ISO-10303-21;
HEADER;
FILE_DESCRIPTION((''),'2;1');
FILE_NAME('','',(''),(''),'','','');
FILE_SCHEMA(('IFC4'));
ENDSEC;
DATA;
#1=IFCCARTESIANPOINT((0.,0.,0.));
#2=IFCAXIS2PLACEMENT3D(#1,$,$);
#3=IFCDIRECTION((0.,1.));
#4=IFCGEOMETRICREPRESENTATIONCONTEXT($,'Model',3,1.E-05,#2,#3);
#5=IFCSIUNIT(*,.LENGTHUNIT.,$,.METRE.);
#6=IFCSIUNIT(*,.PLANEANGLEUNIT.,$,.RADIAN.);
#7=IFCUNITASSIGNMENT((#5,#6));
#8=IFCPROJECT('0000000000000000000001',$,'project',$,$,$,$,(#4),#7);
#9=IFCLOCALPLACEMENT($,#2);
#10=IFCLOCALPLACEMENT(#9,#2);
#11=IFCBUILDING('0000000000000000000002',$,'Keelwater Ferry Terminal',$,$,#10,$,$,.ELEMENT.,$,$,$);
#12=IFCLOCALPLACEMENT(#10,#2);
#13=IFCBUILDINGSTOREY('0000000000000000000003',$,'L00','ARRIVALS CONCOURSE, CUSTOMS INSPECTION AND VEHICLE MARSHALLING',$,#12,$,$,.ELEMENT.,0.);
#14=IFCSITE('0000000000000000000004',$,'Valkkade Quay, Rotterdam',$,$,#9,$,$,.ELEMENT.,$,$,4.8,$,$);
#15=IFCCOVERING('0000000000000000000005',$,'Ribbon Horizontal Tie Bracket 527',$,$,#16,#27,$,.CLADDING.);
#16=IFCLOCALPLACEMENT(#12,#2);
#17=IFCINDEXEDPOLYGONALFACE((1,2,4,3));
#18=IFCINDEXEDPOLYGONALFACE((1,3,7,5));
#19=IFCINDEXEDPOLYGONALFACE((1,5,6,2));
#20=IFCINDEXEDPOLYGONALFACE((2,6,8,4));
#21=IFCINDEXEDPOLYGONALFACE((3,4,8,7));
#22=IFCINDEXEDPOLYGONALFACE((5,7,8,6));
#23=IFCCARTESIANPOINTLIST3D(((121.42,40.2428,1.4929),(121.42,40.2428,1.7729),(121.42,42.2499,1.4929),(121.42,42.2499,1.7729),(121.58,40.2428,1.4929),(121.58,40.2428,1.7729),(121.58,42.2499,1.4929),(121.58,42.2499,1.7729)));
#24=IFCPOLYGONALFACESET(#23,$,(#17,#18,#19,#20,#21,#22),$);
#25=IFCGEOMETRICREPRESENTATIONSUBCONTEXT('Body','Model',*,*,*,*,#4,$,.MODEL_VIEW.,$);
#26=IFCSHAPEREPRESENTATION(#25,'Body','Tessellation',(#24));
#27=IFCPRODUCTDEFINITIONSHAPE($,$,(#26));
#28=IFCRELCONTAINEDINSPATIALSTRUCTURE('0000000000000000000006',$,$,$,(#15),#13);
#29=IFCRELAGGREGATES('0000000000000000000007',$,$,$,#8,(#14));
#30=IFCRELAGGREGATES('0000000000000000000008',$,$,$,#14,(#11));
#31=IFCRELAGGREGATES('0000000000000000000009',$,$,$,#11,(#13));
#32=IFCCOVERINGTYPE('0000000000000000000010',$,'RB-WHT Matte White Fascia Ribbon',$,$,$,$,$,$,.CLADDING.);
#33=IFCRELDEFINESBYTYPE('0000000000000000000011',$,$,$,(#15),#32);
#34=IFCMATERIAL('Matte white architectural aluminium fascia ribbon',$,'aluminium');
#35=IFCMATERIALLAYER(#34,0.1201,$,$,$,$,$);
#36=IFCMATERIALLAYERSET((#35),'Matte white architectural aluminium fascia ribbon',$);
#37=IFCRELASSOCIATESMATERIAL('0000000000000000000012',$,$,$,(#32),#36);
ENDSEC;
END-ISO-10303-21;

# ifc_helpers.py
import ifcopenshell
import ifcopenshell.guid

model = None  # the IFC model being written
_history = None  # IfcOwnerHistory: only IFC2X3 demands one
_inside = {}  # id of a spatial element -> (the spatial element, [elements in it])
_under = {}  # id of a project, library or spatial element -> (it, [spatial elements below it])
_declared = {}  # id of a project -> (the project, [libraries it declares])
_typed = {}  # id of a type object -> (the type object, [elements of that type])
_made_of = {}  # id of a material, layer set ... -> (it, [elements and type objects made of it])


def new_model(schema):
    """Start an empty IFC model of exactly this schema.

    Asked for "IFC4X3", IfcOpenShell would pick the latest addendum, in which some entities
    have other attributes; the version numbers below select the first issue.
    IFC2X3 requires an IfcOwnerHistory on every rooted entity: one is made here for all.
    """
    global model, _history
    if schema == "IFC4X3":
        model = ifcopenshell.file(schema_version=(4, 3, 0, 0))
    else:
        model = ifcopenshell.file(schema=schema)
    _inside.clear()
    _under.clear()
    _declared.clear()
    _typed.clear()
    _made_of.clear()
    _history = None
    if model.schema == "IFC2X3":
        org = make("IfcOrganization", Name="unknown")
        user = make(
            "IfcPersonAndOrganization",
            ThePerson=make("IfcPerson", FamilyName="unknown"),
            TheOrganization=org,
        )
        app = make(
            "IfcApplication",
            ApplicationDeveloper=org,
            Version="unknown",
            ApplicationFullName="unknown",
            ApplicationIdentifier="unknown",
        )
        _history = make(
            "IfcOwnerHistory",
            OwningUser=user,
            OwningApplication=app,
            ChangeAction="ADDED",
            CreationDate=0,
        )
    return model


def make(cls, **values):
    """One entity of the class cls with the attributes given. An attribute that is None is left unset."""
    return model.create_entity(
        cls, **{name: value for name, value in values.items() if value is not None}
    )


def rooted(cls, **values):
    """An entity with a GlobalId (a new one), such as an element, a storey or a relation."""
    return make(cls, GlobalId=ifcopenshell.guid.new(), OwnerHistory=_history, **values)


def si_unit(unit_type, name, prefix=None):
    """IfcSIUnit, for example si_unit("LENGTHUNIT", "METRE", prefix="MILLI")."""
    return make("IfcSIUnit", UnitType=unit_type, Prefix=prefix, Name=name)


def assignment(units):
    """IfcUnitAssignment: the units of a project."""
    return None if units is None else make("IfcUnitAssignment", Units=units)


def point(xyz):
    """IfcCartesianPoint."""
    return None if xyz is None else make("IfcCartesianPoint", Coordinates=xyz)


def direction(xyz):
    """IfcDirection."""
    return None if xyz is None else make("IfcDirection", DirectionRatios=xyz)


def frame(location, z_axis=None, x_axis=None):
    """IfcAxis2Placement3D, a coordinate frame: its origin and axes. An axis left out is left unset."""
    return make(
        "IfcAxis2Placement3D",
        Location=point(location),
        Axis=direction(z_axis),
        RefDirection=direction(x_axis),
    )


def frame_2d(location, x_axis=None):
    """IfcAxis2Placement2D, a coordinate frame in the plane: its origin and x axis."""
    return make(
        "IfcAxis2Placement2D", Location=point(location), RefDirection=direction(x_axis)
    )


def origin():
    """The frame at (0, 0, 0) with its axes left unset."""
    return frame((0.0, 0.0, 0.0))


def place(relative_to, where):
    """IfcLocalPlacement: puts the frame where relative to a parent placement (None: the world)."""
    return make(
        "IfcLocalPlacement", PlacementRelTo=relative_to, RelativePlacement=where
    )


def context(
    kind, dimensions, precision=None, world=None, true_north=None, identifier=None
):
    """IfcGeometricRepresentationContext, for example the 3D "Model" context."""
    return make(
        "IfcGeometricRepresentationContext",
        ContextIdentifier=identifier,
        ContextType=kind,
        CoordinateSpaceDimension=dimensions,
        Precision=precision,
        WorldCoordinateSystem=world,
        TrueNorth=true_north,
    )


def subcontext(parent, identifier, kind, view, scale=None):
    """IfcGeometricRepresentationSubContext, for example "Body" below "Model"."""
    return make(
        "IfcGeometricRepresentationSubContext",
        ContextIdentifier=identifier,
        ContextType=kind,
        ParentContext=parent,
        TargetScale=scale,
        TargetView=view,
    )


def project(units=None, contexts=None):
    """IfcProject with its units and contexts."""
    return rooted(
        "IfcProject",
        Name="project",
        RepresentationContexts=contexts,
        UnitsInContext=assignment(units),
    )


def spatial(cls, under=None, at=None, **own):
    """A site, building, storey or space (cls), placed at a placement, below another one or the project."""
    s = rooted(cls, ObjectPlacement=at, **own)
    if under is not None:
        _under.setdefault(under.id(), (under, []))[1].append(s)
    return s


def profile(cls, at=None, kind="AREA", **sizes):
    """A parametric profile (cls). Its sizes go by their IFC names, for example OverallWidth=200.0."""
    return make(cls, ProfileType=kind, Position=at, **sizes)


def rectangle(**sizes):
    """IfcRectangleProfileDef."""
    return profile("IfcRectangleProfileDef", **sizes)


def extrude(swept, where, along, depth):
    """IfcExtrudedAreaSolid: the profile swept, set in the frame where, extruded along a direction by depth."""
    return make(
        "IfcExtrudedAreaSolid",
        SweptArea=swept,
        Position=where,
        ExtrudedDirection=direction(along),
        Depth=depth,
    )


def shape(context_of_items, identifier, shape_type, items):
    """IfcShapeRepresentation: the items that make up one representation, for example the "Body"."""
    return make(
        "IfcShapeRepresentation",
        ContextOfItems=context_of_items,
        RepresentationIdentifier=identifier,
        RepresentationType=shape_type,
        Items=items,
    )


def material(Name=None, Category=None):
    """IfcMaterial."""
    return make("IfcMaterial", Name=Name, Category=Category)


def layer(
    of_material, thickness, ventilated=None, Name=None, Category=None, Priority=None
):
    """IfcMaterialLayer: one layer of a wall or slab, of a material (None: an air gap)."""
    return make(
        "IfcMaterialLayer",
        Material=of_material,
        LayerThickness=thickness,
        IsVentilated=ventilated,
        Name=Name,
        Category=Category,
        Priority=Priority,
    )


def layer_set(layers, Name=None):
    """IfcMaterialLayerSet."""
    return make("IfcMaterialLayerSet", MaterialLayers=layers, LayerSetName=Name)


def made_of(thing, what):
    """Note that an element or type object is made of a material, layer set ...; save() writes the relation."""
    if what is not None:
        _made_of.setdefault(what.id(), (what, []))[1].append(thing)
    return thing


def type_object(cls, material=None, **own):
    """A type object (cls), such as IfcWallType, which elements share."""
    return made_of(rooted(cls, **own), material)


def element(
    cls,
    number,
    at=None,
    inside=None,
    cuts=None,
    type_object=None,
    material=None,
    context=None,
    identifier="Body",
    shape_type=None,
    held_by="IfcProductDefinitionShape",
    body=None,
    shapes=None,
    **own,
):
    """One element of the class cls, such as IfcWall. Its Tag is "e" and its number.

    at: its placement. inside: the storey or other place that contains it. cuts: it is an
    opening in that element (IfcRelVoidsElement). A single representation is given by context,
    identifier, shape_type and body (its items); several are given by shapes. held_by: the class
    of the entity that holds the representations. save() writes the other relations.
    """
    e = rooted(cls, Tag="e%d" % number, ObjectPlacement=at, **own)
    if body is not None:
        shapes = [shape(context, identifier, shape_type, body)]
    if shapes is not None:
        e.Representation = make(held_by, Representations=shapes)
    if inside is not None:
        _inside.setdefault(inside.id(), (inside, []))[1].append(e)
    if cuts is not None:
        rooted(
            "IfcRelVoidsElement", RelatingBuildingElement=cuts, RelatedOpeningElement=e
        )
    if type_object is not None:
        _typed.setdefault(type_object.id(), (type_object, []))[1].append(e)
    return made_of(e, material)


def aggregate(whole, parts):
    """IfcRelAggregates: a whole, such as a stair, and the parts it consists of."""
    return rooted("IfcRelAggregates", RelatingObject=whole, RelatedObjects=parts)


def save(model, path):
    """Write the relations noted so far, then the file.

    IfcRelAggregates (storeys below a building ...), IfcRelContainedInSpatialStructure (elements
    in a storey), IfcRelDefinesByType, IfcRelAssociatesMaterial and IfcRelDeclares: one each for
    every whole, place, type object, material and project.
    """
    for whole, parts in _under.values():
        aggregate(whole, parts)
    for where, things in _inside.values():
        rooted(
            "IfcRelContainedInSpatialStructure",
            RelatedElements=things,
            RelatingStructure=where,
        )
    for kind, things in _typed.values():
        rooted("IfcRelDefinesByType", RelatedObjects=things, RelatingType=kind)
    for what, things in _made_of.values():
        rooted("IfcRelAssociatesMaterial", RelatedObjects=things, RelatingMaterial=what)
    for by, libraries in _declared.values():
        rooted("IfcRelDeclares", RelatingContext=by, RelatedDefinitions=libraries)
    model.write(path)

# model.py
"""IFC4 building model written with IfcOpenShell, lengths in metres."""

from ifc_helpers import new_model, si_unit, direction, frame, frame_2d, origin, place, context, subcontext, project, spatial, rectangle, extrude, material, layer, layer_set, type_object, element, save


model = new_model("IFC4")

# Units and contexts
model_context = context("Model", 3, precision=1e-05, world=origin(), true_north=direction((0.0, 1.0)))
body_context = subcontext(model_context, "Body", "Model", "MODEL_VIEW")
ifc_project = project(units=[si_unit("LENGTHUNIT", "METRE"), si_unit("PLANEANGLEUNIT", "RADIAN")], contexts=[model_context])

# Site, building, storey
site_placement = place(None, origin())
site = spatial("IfcSite", under=ifc_project, at=site_placement, Name="Valkkade Quay, Rotterdam", CompositionType="ELEMENT", RefElevation=4.8)
building_placement = place(site_placement, origin())
building = spatial("IfcBuilding", under=site, at=building_placement, Name="Keelwater Ferry Terminal", CompositionType="ELEMENT")
storey_placement = place(building_placement, origin())
storey = spatial("IfcBuildingStorey", under=building, at=storey_placement, Name="L00", Description="ARRIVALS CONCOURSE, CUSTOMS INSPECTION AND VEHICLE MARSHALLING", CompositionType="ELEMENT", Elevation=0.0)

# Covering
ifc_material_1 = material(Name="Matte white architectural aluminium fascia ribbon", Category="aluminium")
ifc_layer_1 = layer(ifc_material_1, 0.1201)
ifc_layer_set_1 = layer_set([ifc_layer_1], Name="Matte white architectural aluminium fascia ribbon")
covering_type = type_object("IfcCoveringType", Name="RB-WHT Matte White Fascia Ribbon", PredefinedType="CLADDING", material=ifc_layer_set_1)
covering_placement = place(storey_placement, frame((121.5, 40.2429, 1.4929), z_axis=(0.0, 0.0, 1.0), x_axis=(0.0, 1.0, 0.0)))
element("IfcCovering", 1, at=covering_placement, inside=storey, type_object=covering_type, Name="Ribbon Horizontal Tie Bracket 527", PredefinedType="CLADDING", context=body_context, shape_type="SweptSolid", body=[
    extrude(rectangle(XDim=2.0071, YDim=0.1599, at=frame_2d((1.0034, 0.0))), origin(), (0.0, 0.0, 1.0), 0.28),
])

save(model, "model.ifc")
